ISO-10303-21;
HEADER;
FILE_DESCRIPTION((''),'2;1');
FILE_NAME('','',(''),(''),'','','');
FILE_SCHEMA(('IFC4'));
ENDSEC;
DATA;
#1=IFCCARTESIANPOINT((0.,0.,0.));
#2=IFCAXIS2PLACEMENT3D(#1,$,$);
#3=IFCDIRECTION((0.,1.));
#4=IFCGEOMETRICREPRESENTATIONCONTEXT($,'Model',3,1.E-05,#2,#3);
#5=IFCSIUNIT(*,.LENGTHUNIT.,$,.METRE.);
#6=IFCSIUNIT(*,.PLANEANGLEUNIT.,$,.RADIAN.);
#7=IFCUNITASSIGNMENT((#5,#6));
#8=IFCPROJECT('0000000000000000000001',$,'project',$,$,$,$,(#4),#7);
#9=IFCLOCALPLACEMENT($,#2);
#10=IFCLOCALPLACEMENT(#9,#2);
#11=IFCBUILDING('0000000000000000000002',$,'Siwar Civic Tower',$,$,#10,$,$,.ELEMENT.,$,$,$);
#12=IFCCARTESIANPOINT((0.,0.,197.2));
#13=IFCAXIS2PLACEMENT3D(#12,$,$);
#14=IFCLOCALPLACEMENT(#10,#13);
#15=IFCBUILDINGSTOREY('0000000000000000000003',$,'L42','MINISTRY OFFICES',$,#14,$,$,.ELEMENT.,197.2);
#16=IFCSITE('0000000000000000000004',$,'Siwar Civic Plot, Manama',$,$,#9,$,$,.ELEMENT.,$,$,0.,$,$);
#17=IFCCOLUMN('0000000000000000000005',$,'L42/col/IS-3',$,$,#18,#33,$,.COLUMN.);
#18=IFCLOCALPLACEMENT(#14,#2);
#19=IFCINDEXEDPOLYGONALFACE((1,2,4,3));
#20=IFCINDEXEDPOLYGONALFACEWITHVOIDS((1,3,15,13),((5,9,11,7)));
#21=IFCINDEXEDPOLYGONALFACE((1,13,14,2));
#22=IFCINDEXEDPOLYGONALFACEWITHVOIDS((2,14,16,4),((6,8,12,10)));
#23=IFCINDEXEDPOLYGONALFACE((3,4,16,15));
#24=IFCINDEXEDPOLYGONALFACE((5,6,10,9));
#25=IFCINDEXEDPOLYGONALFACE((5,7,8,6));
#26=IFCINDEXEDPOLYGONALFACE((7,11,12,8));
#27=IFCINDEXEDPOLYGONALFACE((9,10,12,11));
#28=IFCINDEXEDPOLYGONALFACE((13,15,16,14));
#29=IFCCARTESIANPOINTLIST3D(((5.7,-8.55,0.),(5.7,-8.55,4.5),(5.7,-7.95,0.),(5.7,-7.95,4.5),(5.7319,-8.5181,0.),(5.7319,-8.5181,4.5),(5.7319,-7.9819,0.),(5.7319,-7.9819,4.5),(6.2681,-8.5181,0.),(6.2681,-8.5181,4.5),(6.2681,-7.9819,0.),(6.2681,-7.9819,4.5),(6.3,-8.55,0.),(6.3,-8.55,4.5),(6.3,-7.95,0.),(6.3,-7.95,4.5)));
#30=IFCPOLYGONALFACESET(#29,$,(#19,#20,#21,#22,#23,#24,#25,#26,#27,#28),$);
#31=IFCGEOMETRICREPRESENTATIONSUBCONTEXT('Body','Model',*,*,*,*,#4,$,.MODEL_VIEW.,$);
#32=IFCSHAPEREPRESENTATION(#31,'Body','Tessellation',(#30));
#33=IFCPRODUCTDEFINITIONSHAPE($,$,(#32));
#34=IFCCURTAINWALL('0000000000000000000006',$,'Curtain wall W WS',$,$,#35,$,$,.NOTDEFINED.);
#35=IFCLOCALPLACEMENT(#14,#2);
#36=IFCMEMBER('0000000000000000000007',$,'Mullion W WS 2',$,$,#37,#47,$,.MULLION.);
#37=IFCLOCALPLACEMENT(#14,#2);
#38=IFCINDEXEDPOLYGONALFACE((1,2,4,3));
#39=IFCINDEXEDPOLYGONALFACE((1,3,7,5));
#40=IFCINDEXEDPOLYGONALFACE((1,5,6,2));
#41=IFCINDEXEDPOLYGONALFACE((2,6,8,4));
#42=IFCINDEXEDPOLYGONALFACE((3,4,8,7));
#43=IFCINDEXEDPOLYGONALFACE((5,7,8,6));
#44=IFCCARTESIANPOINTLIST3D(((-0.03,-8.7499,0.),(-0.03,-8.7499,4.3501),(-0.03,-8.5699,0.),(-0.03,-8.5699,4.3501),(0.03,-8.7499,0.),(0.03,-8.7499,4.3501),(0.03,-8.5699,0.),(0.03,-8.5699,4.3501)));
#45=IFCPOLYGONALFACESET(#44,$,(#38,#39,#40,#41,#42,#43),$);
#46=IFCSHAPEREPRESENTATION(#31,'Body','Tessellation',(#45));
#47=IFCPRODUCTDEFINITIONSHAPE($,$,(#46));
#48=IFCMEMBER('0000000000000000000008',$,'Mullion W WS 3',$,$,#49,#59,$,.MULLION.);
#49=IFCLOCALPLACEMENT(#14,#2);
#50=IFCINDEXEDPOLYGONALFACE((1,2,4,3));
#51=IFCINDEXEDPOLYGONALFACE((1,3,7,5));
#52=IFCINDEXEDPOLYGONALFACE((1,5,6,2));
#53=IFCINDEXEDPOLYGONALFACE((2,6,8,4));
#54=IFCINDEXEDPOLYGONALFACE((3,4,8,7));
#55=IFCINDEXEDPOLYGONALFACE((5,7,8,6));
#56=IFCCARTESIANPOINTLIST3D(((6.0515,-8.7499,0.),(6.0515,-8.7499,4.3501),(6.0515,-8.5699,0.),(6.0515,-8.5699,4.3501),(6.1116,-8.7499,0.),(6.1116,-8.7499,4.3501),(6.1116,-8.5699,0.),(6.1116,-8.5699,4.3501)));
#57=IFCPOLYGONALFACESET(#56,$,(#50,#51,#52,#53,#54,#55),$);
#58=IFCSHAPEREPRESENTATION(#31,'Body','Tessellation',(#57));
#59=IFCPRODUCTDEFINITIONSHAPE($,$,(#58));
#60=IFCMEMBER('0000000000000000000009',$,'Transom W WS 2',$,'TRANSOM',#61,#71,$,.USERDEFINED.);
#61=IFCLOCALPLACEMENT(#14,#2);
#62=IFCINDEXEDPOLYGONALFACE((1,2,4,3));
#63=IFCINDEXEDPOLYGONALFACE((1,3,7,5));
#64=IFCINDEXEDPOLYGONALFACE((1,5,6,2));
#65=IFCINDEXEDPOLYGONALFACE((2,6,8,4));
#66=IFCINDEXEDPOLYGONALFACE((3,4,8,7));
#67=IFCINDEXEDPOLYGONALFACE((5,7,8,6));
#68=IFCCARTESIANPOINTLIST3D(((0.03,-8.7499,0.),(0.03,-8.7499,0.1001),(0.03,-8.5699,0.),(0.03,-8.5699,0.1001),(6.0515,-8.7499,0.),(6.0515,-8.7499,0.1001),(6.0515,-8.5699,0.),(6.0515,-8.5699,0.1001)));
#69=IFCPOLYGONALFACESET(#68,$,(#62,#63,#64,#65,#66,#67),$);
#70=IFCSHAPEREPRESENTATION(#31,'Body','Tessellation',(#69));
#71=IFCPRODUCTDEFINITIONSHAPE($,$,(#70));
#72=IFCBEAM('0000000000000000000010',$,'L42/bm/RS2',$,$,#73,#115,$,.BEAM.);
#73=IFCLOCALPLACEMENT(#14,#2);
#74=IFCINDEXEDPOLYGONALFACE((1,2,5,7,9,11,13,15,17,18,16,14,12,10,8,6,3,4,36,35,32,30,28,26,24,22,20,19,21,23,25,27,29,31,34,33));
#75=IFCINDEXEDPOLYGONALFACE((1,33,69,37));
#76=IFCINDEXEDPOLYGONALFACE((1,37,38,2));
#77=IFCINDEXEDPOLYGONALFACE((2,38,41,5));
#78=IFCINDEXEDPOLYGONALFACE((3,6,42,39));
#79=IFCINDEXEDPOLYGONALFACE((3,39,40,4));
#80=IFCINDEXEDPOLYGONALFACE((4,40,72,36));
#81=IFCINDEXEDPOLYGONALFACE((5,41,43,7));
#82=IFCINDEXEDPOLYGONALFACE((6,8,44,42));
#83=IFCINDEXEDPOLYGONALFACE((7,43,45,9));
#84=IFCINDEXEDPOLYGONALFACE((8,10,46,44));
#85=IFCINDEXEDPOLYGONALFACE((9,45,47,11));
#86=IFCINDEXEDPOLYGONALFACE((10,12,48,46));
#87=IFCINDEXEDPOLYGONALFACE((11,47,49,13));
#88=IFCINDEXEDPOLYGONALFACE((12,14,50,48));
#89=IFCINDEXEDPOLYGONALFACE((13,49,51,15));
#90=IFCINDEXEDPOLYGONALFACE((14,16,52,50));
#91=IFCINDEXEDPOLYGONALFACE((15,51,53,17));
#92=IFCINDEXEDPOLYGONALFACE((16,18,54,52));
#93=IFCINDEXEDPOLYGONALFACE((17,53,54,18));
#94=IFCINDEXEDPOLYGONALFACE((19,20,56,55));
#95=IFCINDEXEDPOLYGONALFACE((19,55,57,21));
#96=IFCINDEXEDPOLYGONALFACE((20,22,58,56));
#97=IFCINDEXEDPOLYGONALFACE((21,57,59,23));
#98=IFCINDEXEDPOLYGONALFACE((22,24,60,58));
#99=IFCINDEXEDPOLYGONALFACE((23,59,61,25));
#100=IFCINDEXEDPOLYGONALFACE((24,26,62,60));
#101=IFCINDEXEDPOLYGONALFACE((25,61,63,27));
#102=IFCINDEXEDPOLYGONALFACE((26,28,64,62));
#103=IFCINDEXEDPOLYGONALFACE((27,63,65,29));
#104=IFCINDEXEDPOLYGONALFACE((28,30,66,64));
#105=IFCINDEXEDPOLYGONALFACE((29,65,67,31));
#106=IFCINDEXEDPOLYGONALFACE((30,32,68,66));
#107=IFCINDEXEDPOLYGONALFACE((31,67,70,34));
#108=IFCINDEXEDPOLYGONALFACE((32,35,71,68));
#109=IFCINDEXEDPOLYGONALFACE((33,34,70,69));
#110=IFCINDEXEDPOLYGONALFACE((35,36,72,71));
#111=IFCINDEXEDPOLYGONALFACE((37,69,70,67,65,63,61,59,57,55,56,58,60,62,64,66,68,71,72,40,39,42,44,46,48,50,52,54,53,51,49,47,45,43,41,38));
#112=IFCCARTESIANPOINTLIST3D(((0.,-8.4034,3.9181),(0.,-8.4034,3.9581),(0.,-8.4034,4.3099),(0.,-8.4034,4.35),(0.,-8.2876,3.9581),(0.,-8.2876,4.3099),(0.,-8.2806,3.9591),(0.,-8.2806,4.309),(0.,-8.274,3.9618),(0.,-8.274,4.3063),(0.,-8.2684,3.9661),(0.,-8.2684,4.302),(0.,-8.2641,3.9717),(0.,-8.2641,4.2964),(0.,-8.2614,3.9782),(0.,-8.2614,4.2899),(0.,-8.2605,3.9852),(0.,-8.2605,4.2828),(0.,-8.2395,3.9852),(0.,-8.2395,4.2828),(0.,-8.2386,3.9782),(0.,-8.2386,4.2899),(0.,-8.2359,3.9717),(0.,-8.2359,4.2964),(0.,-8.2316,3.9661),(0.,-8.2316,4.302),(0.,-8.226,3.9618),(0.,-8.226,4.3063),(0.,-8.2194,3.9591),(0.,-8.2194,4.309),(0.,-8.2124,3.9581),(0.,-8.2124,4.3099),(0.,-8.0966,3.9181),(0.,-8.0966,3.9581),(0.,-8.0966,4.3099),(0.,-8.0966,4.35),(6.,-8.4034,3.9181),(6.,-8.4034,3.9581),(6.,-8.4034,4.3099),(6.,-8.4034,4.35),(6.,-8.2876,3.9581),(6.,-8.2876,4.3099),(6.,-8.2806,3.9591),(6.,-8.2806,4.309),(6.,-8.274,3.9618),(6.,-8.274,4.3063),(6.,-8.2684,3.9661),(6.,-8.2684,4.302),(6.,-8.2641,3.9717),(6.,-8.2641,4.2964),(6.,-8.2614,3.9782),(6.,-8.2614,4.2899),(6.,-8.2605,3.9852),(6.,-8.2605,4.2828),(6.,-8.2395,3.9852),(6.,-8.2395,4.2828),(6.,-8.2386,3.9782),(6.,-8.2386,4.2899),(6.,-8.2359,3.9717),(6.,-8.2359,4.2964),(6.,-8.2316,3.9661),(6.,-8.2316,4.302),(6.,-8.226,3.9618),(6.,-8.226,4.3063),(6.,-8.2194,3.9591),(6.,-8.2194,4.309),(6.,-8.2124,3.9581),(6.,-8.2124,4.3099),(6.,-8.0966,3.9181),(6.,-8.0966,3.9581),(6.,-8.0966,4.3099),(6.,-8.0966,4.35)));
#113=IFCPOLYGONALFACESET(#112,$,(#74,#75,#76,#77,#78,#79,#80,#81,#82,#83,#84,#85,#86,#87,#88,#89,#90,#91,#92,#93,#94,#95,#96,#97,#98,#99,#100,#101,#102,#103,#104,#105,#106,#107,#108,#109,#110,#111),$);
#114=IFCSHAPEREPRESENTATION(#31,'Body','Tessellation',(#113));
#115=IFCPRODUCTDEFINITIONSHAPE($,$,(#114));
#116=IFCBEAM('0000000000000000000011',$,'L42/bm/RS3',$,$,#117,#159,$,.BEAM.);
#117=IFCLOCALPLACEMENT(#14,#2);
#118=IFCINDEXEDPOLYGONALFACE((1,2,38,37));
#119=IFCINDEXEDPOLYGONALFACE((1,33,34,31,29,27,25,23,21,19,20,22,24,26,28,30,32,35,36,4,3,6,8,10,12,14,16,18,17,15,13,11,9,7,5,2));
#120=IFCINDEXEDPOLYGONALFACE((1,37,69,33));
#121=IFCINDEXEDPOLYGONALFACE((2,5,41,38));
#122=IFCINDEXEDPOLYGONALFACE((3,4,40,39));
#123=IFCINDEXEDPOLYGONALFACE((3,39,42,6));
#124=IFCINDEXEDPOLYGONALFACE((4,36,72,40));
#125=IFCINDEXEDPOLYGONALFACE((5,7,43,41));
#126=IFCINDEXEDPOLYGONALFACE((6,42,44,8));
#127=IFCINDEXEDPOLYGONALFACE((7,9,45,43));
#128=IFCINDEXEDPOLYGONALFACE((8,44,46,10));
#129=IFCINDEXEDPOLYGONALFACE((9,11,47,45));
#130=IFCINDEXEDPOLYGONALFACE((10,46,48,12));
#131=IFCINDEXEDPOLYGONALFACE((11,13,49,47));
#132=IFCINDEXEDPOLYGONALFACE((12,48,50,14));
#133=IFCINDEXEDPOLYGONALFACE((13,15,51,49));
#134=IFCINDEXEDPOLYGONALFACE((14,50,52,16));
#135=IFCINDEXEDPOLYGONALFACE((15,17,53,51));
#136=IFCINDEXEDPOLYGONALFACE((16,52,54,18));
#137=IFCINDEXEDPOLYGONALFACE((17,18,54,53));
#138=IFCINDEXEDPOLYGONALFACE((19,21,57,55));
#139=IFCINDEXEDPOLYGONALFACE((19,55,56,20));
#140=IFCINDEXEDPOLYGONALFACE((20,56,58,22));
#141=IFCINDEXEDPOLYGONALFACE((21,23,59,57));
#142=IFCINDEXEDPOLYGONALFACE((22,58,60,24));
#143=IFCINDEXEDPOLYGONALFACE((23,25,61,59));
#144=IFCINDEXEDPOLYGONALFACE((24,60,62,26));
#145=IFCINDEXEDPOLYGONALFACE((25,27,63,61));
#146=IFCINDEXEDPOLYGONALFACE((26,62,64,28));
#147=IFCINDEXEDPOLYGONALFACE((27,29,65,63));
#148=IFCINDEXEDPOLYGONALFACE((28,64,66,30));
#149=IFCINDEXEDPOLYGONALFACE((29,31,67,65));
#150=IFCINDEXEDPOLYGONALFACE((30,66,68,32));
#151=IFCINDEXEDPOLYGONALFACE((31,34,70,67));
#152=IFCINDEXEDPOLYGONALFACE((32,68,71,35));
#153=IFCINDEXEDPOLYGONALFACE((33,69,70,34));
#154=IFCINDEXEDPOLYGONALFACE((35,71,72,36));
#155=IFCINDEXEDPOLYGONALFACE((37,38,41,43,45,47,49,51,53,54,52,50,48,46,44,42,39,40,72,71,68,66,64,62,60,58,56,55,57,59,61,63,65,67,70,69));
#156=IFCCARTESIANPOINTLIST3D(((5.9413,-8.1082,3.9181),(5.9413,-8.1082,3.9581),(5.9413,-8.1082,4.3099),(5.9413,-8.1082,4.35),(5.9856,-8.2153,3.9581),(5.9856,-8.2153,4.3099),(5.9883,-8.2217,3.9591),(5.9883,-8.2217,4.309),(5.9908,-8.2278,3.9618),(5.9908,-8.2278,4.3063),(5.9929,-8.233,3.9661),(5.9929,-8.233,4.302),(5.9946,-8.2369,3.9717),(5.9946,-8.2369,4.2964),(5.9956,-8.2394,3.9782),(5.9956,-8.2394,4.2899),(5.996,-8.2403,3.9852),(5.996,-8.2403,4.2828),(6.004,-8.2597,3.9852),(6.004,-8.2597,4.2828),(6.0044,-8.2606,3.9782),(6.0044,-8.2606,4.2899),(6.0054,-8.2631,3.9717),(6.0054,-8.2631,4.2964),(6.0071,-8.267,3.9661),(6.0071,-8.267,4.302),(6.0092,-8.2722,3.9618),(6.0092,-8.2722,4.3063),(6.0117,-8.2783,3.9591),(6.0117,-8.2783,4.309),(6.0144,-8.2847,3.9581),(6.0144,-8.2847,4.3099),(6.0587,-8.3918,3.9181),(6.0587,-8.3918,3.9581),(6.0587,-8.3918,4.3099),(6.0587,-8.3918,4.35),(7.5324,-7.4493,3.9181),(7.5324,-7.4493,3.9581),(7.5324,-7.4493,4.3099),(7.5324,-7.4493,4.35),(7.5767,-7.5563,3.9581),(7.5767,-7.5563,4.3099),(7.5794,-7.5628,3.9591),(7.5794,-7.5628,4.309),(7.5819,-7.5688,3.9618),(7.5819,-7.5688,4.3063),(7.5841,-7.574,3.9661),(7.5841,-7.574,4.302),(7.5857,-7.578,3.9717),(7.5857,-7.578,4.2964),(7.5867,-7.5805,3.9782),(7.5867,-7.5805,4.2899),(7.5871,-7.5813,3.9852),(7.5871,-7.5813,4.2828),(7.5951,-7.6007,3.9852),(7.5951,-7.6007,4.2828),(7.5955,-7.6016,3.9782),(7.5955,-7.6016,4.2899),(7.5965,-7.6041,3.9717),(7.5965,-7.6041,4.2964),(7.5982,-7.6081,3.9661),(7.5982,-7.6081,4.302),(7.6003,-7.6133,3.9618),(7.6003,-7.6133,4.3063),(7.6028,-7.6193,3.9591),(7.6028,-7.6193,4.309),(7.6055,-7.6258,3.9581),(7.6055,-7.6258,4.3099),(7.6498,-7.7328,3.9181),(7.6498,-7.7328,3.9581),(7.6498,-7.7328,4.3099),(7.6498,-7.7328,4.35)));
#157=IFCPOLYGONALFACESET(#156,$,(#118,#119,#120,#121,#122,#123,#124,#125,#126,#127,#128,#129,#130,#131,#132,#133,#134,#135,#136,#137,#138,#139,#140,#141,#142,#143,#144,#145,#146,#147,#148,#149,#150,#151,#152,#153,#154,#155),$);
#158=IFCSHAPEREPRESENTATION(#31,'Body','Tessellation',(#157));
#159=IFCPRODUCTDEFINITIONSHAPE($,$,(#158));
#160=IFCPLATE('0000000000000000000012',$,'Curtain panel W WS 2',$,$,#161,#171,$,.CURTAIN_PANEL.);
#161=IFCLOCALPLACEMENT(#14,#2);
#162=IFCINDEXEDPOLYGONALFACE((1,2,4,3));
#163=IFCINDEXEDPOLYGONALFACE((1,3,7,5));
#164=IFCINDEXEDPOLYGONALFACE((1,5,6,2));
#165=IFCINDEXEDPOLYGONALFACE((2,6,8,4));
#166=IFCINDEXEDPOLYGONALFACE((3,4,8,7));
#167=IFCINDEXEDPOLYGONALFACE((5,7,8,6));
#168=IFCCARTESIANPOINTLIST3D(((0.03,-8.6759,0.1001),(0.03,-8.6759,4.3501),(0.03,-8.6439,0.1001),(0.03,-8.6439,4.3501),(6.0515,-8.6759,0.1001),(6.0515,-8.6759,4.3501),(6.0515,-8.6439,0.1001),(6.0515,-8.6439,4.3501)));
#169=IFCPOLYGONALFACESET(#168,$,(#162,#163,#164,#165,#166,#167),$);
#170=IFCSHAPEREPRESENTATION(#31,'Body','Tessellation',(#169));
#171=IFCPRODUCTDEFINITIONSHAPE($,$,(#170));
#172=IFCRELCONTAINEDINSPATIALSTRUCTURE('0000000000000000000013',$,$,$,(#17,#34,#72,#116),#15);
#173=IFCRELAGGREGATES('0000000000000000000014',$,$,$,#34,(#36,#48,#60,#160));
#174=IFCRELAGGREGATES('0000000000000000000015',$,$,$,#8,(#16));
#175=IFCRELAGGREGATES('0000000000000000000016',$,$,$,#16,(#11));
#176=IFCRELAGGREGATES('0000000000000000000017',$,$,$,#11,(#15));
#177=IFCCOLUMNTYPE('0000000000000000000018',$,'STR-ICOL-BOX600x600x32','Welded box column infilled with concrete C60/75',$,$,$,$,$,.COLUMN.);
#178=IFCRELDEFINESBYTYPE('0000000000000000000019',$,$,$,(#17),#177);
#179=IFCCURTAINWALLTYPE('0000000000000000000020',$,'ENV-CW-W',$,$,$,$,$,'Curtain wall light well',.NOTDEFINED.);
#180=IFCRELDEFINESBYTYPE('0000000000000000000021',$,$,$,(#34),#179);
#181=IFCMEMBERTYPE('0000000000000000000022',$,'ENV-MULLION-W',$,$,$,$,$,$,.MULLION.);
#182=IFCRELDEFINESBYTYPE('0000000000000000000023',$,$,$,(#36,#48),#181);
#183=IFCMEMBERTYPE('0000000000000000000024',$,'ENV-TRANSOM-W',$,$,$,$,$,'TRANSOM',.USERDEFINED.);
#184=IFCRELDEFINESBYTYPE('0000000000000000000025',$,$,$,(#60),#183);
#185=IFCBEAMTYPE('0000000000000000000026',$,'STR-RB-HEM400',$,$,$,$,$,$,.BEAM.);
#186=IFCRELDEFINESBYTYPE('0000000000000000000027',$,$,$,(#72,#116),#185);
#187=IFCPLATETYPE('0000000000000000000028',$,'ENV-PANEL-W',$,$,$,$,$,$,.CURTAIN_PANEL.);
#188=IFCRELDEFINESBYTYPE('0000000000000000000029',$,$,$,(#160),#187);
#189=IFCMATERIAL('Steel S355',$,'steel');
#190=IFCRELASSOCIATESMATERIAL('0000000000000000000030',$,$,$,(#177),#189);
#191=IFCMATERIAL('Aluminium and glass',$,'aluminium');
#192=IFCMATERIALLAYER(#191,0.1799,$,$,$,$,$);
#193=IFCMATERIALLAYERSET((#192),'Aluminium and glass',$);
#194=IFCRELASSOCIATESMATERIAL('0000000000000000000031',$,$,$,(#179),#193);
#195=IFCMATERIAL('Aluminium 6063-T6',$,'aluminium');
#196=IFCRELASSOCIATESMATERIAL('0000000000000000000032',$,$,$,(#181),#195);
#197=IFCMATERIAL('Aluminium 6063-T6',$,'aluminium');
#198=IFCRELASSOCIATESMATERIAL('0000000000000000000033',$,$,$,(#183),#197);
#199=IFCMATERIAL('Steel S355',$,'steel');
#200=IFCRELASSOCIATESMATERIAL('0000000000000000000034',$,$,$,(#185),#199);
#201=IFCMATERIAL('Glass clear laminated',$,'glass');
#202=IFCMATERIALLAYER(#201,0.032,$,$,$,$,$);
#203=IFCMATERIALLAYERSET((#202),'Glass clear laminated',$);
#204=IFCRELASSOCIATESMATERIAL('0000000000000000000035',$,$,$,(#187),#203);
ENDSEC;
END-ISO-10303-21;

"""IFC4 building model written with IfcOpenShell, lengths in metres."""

from ifc_helpers import new_model, si_unit, direction, frame, origin, origin_2d, place, context, subcontext, project, spatial, rectangle, hollow_rectangle, i_section, extrude, material, layer, layer_set, material_profile, profile_set, type_object, element, aggregate, save


model = new_model("IFC4")

# Units and contexts
model_context = context("Model", 3, precision=1e-05, world=origin(), true_north=direction((0.0, 1.0)))
body_context = subcontext(model_context, "Body", "Model", "MODEL_VIEW")
ifc_project = project(units=[si_unit("LENGTHUNIT", "METRE"), si_unit("PLANEANGLEUNIT", "RADIAN")], contexts=[model_context])

# Site, building, storey
site_placement = place(None, origin())
site = spatial("IfcSite", under=ifc_project, at=site_placement, Name="Siwar Civic Plot, Manama", CompositionType="ELEMENT", RefElevation=0.0)
building_placement = place(site_placement, origin())
building = spatial("IfcBuilding", under=site, at=building_placement, Name="Siwar Civic Tower", CompositionType="ELEMENT")
storey_placement = place(building_placement, frame((0.0, 0.0, 197.2)))
storey = spatial("IfcBuildingStorey", under=building, at=storey_placement, Name="L42", Description="MINISTRY OFFICES", CompositionType="ELEMENT", Elevation=197.2)

# Column
ifc_material_1 = material(Name="Steel S355", Category="steel")
ifc_material_profile_1 = material_profile(ifc_material_1, hollow_rectangle(XDim=0.6001, YDim=0.6001, WallThickness=0.032, at=origin_2d()), Name="BOX600x600x32")
ifc_profile_set_1 = profile_set([ifc_material_profile_1], Name="Steel S355")
column_type = type_object("IfcColumnType", Name="STR-ICOL-BOX600x600x32", Description="Welded box column infilled with concrete C60/75", PredefinedType="COLUMN", material=ifc_profile_set_1)
column_placement = place(storey_placement, frame((6.0, -8.25, 0.0), z_axis=(0.0, 0.0, 1.0), x_axis=(1.0, 0.0, 0.0)))
element("IfcColumn", 1, at=column_placement, inside=storey, type_object=column_type, Name="L42/col/IS-3", PredefinedType="COLUMN", context=body_context, shape_type="SweptSolid", body=[
    extrude(hollow_rectangle(XDim=0.6001, YDim=0.6001, WallThickness=0.032, at=origin_2d()), origin(), (0.0, 0.0, 1.0), 4.5),
])

# Curtain wall, members
ifc_material_2 = material(Name="Aluminium and glass", Category="aluminium")
ifc_layer_1 = layer(ifc_material_2, 0.1799)
ifc_layer_set_1 = layer_set([ifc_layer_1], Name="Aluminium and glass")
curtain_wall_type = type_object("IfcCurtainWallType", Name="ENV-CW-W", ElementType="Curtain wall light well", PredefinedType="NOTDEFINED", material=ifc_layer_set_1)
curtain_wall_placement = place(storey_placement, origin())
curtain_wall = element("IfcCurtainWall", 2, at=curtain_wall_placement, inside=storey, type_object=curtain_wall_type, Name="Curtain wall W WS", PredefinedType="NOTDEFINED")
ifc_material_3 = material(Name="Aluminium 6063-T6", Category="aluminium")
ifc_material_profile_2 = material_profile(ifc_material_3, rectangle(XDim=0.1799, YDim=0.0601, at=origin_2d()), Name="AL 180x60")
ifc_profile_set_2 = profile_set([ifc_material_profile_2], Name="Aluminium 6063-T6")
member_type_1 = type_object("IfcMemberType", Name="ENV-MULLION-W", PredefinedType="MULLION", material=ifc_profile_set_2)
member_1_placement = place(storey_placement, frame((0.0, -8.6599, 0.0), z_axis=(0.0, 0.0, 1.0), x_axis=(0.0, 1.0, 0.0)))
member_1 = element("IfcMember", 3, at=member_1_placement, type_object=member_type_1, Name="Mullion W WS 2", PredefinedType="MULLION", context=body_context, shape_type="SweptSolid", body=[
    extrude(rectangle(XDim=0.1799, YDim=0.0601, at=origin_2d()), origin(), (0.0, 0.0, 1.0), 4.3501),
])
member_2_placement = place(storey_placement, frame((6.0815, -8.6599, 0.0), z_axis=(0.0, 0.0, 1.0), x_axis=(0.0, 1.0, 0.0)))
member_2 = element("IfcMember", 4, at=member_2_placement, type_object=member_type_1, Name="Mullion W WS 3", PredefinedType="MULLION", context=body_context, shape_type="SweptSolid", body=[
    extrude(rectangle(XDim=0.1799, YDim=0.0601, at=origin_2d()), origin(), (0.0, 0.0, 1.0), 4.3501),
])
ifc_material_4 = material(Name="Aluminium 6063-T6", Category="aluminium")
ifc_material_profile_3 = material_profile(ifc_material_4, rectangle(XDim=0.1799, YDim=0.1001, at=origin_2d()), Name="AL 180x100")
ifc_profile_set_3 = profile_set([ifc_material_profile_3], Name="Aluminium 6063-T6")
member_type_2 = type_object("IfcMemberType", Name="ENV-TRANSOM-W", ElementType="TRANSOM", PredefinedType="USERDEFINED", material=ifc_profile_set_3)
member_3_placement = place(storey_placement, frame((0.03, -8.6599, 0.05), z_axis=(1.0, 0.0, 0.0), x_axis=(0.0, 1.0, 0.0)))
member_3 = element("IfcMember", 5, at=member_3_placement, type_object=member_type_2, Name="Transom W WS 2", ObjectType="TRANSOM", PredefinedType="USERDEFINED", context=body_context, shape_type="SweptSolid", body=[
    extrude(rectangle(XDim=0.1799, YDim=0.1001, at=origin_2d()), origin(), (0.0, 0.0, 1.0), 6.0215),
])

# Beams
ifc_material_5 = material(Name="Steel S355", Category="steel")
ifc_material_profile_4 = material_profile(ifc_material_5, i_section(OverallWidth=0.3069, OverallDepth=0.4319, WebThickness=0.021, FlangeThickness=0.04, FilletRadius=0.0271, at=origin_2d()), Name="HEM400")
ifc_profile_set_4 = profile_set([ifc_material_profile_4], Name="Steel S355")
beam_type = type_object("IfcBeamType", Name="STR-RB-HEM400", PredefinedType="BEAM", material=ifc_profile_set_4)
beam_1_placement = place(storey_placement, frame((0.0, -8.25, 4.134), z_axis=(1.0, 0.0, 0.0), x_axis=(0.0, 1.0, 0.0)))
element("IfcBeam", 6, at=beam_1_placement, inside=storey, type_object=beam_type, Name="L42/bm/RS2", PredefinedType="BEAM", context=body_context, shape_type="SweptSolid", body=[
    extrude(i_section(OverallWidth=0.3069, OverallDepth=0.4319, WebThickness=0.021, FlangeThickness=0.04, FilletRadius=0.0271, at=origin_2d()), origin(), (0.0, 0.0, 1.0), 6.0),
])
beam_2_placement = place(storey_placement, frame((6.0, -8.25, 4.134), z_axis=(0.923901, 0.382631, 0.0), x_axis=(-0.382631, 0.923901, 0.0)))
element("IfcBeam", 7, at=beam_2_placement, inside=storey, type_object=beam_type, Name="L42/bm/RS3", PredefinedType="BEAM", context=body_context, shape_type="SweptSolid", body=[
    extrude(i_section(OverallWidth=0.3069, OverallDepth=0.4319, WebThickness=0.021, FlangeThickness=0.04, FilletRadius=0.0271, at=origin_2d()), origin(), (0.0, 0.0, 1.0), 1.7222),
])

# Plate
ifc_material_6 = material(Name="Glass clear laminated", Category="glass")
ifc_layer_2 = layer(ifc_material_6, 0.032)
ifc_layer_set_2 = layer_set([ifc_layer_2], Name="Glass clear laminated")
plate_type = type_object("IfcPlateType", Name="ENV-PANEL-W", PredefinedType="CURTAIN_PANEL", material=ifc_layer_set_2)
plate_placement = place(storey_placement, frame((3.0408, -8.6599, 0.1001), z_axis=(0.0, 0.0, 1.0), x_axis=(1.0, 0.0, 0.0)))
plate = element("IfcPlate", 8, at=plate_placement, type_object=plate_type, Name="Curtain panel W WS 2", PredefinedType="CURTAIN_PANEL", context=body_context, shape_type="SweptSolid", body=[
    extrude(rectangle(XDim=6.0215, YDim=0.032, at=origin_2d()), origin(), (0.0, 0.0, 1.0), 4.25),
])
aggregate(curtain_wall, [member_1, member_2, member_3, plate])

save(model, "model.ifc")
